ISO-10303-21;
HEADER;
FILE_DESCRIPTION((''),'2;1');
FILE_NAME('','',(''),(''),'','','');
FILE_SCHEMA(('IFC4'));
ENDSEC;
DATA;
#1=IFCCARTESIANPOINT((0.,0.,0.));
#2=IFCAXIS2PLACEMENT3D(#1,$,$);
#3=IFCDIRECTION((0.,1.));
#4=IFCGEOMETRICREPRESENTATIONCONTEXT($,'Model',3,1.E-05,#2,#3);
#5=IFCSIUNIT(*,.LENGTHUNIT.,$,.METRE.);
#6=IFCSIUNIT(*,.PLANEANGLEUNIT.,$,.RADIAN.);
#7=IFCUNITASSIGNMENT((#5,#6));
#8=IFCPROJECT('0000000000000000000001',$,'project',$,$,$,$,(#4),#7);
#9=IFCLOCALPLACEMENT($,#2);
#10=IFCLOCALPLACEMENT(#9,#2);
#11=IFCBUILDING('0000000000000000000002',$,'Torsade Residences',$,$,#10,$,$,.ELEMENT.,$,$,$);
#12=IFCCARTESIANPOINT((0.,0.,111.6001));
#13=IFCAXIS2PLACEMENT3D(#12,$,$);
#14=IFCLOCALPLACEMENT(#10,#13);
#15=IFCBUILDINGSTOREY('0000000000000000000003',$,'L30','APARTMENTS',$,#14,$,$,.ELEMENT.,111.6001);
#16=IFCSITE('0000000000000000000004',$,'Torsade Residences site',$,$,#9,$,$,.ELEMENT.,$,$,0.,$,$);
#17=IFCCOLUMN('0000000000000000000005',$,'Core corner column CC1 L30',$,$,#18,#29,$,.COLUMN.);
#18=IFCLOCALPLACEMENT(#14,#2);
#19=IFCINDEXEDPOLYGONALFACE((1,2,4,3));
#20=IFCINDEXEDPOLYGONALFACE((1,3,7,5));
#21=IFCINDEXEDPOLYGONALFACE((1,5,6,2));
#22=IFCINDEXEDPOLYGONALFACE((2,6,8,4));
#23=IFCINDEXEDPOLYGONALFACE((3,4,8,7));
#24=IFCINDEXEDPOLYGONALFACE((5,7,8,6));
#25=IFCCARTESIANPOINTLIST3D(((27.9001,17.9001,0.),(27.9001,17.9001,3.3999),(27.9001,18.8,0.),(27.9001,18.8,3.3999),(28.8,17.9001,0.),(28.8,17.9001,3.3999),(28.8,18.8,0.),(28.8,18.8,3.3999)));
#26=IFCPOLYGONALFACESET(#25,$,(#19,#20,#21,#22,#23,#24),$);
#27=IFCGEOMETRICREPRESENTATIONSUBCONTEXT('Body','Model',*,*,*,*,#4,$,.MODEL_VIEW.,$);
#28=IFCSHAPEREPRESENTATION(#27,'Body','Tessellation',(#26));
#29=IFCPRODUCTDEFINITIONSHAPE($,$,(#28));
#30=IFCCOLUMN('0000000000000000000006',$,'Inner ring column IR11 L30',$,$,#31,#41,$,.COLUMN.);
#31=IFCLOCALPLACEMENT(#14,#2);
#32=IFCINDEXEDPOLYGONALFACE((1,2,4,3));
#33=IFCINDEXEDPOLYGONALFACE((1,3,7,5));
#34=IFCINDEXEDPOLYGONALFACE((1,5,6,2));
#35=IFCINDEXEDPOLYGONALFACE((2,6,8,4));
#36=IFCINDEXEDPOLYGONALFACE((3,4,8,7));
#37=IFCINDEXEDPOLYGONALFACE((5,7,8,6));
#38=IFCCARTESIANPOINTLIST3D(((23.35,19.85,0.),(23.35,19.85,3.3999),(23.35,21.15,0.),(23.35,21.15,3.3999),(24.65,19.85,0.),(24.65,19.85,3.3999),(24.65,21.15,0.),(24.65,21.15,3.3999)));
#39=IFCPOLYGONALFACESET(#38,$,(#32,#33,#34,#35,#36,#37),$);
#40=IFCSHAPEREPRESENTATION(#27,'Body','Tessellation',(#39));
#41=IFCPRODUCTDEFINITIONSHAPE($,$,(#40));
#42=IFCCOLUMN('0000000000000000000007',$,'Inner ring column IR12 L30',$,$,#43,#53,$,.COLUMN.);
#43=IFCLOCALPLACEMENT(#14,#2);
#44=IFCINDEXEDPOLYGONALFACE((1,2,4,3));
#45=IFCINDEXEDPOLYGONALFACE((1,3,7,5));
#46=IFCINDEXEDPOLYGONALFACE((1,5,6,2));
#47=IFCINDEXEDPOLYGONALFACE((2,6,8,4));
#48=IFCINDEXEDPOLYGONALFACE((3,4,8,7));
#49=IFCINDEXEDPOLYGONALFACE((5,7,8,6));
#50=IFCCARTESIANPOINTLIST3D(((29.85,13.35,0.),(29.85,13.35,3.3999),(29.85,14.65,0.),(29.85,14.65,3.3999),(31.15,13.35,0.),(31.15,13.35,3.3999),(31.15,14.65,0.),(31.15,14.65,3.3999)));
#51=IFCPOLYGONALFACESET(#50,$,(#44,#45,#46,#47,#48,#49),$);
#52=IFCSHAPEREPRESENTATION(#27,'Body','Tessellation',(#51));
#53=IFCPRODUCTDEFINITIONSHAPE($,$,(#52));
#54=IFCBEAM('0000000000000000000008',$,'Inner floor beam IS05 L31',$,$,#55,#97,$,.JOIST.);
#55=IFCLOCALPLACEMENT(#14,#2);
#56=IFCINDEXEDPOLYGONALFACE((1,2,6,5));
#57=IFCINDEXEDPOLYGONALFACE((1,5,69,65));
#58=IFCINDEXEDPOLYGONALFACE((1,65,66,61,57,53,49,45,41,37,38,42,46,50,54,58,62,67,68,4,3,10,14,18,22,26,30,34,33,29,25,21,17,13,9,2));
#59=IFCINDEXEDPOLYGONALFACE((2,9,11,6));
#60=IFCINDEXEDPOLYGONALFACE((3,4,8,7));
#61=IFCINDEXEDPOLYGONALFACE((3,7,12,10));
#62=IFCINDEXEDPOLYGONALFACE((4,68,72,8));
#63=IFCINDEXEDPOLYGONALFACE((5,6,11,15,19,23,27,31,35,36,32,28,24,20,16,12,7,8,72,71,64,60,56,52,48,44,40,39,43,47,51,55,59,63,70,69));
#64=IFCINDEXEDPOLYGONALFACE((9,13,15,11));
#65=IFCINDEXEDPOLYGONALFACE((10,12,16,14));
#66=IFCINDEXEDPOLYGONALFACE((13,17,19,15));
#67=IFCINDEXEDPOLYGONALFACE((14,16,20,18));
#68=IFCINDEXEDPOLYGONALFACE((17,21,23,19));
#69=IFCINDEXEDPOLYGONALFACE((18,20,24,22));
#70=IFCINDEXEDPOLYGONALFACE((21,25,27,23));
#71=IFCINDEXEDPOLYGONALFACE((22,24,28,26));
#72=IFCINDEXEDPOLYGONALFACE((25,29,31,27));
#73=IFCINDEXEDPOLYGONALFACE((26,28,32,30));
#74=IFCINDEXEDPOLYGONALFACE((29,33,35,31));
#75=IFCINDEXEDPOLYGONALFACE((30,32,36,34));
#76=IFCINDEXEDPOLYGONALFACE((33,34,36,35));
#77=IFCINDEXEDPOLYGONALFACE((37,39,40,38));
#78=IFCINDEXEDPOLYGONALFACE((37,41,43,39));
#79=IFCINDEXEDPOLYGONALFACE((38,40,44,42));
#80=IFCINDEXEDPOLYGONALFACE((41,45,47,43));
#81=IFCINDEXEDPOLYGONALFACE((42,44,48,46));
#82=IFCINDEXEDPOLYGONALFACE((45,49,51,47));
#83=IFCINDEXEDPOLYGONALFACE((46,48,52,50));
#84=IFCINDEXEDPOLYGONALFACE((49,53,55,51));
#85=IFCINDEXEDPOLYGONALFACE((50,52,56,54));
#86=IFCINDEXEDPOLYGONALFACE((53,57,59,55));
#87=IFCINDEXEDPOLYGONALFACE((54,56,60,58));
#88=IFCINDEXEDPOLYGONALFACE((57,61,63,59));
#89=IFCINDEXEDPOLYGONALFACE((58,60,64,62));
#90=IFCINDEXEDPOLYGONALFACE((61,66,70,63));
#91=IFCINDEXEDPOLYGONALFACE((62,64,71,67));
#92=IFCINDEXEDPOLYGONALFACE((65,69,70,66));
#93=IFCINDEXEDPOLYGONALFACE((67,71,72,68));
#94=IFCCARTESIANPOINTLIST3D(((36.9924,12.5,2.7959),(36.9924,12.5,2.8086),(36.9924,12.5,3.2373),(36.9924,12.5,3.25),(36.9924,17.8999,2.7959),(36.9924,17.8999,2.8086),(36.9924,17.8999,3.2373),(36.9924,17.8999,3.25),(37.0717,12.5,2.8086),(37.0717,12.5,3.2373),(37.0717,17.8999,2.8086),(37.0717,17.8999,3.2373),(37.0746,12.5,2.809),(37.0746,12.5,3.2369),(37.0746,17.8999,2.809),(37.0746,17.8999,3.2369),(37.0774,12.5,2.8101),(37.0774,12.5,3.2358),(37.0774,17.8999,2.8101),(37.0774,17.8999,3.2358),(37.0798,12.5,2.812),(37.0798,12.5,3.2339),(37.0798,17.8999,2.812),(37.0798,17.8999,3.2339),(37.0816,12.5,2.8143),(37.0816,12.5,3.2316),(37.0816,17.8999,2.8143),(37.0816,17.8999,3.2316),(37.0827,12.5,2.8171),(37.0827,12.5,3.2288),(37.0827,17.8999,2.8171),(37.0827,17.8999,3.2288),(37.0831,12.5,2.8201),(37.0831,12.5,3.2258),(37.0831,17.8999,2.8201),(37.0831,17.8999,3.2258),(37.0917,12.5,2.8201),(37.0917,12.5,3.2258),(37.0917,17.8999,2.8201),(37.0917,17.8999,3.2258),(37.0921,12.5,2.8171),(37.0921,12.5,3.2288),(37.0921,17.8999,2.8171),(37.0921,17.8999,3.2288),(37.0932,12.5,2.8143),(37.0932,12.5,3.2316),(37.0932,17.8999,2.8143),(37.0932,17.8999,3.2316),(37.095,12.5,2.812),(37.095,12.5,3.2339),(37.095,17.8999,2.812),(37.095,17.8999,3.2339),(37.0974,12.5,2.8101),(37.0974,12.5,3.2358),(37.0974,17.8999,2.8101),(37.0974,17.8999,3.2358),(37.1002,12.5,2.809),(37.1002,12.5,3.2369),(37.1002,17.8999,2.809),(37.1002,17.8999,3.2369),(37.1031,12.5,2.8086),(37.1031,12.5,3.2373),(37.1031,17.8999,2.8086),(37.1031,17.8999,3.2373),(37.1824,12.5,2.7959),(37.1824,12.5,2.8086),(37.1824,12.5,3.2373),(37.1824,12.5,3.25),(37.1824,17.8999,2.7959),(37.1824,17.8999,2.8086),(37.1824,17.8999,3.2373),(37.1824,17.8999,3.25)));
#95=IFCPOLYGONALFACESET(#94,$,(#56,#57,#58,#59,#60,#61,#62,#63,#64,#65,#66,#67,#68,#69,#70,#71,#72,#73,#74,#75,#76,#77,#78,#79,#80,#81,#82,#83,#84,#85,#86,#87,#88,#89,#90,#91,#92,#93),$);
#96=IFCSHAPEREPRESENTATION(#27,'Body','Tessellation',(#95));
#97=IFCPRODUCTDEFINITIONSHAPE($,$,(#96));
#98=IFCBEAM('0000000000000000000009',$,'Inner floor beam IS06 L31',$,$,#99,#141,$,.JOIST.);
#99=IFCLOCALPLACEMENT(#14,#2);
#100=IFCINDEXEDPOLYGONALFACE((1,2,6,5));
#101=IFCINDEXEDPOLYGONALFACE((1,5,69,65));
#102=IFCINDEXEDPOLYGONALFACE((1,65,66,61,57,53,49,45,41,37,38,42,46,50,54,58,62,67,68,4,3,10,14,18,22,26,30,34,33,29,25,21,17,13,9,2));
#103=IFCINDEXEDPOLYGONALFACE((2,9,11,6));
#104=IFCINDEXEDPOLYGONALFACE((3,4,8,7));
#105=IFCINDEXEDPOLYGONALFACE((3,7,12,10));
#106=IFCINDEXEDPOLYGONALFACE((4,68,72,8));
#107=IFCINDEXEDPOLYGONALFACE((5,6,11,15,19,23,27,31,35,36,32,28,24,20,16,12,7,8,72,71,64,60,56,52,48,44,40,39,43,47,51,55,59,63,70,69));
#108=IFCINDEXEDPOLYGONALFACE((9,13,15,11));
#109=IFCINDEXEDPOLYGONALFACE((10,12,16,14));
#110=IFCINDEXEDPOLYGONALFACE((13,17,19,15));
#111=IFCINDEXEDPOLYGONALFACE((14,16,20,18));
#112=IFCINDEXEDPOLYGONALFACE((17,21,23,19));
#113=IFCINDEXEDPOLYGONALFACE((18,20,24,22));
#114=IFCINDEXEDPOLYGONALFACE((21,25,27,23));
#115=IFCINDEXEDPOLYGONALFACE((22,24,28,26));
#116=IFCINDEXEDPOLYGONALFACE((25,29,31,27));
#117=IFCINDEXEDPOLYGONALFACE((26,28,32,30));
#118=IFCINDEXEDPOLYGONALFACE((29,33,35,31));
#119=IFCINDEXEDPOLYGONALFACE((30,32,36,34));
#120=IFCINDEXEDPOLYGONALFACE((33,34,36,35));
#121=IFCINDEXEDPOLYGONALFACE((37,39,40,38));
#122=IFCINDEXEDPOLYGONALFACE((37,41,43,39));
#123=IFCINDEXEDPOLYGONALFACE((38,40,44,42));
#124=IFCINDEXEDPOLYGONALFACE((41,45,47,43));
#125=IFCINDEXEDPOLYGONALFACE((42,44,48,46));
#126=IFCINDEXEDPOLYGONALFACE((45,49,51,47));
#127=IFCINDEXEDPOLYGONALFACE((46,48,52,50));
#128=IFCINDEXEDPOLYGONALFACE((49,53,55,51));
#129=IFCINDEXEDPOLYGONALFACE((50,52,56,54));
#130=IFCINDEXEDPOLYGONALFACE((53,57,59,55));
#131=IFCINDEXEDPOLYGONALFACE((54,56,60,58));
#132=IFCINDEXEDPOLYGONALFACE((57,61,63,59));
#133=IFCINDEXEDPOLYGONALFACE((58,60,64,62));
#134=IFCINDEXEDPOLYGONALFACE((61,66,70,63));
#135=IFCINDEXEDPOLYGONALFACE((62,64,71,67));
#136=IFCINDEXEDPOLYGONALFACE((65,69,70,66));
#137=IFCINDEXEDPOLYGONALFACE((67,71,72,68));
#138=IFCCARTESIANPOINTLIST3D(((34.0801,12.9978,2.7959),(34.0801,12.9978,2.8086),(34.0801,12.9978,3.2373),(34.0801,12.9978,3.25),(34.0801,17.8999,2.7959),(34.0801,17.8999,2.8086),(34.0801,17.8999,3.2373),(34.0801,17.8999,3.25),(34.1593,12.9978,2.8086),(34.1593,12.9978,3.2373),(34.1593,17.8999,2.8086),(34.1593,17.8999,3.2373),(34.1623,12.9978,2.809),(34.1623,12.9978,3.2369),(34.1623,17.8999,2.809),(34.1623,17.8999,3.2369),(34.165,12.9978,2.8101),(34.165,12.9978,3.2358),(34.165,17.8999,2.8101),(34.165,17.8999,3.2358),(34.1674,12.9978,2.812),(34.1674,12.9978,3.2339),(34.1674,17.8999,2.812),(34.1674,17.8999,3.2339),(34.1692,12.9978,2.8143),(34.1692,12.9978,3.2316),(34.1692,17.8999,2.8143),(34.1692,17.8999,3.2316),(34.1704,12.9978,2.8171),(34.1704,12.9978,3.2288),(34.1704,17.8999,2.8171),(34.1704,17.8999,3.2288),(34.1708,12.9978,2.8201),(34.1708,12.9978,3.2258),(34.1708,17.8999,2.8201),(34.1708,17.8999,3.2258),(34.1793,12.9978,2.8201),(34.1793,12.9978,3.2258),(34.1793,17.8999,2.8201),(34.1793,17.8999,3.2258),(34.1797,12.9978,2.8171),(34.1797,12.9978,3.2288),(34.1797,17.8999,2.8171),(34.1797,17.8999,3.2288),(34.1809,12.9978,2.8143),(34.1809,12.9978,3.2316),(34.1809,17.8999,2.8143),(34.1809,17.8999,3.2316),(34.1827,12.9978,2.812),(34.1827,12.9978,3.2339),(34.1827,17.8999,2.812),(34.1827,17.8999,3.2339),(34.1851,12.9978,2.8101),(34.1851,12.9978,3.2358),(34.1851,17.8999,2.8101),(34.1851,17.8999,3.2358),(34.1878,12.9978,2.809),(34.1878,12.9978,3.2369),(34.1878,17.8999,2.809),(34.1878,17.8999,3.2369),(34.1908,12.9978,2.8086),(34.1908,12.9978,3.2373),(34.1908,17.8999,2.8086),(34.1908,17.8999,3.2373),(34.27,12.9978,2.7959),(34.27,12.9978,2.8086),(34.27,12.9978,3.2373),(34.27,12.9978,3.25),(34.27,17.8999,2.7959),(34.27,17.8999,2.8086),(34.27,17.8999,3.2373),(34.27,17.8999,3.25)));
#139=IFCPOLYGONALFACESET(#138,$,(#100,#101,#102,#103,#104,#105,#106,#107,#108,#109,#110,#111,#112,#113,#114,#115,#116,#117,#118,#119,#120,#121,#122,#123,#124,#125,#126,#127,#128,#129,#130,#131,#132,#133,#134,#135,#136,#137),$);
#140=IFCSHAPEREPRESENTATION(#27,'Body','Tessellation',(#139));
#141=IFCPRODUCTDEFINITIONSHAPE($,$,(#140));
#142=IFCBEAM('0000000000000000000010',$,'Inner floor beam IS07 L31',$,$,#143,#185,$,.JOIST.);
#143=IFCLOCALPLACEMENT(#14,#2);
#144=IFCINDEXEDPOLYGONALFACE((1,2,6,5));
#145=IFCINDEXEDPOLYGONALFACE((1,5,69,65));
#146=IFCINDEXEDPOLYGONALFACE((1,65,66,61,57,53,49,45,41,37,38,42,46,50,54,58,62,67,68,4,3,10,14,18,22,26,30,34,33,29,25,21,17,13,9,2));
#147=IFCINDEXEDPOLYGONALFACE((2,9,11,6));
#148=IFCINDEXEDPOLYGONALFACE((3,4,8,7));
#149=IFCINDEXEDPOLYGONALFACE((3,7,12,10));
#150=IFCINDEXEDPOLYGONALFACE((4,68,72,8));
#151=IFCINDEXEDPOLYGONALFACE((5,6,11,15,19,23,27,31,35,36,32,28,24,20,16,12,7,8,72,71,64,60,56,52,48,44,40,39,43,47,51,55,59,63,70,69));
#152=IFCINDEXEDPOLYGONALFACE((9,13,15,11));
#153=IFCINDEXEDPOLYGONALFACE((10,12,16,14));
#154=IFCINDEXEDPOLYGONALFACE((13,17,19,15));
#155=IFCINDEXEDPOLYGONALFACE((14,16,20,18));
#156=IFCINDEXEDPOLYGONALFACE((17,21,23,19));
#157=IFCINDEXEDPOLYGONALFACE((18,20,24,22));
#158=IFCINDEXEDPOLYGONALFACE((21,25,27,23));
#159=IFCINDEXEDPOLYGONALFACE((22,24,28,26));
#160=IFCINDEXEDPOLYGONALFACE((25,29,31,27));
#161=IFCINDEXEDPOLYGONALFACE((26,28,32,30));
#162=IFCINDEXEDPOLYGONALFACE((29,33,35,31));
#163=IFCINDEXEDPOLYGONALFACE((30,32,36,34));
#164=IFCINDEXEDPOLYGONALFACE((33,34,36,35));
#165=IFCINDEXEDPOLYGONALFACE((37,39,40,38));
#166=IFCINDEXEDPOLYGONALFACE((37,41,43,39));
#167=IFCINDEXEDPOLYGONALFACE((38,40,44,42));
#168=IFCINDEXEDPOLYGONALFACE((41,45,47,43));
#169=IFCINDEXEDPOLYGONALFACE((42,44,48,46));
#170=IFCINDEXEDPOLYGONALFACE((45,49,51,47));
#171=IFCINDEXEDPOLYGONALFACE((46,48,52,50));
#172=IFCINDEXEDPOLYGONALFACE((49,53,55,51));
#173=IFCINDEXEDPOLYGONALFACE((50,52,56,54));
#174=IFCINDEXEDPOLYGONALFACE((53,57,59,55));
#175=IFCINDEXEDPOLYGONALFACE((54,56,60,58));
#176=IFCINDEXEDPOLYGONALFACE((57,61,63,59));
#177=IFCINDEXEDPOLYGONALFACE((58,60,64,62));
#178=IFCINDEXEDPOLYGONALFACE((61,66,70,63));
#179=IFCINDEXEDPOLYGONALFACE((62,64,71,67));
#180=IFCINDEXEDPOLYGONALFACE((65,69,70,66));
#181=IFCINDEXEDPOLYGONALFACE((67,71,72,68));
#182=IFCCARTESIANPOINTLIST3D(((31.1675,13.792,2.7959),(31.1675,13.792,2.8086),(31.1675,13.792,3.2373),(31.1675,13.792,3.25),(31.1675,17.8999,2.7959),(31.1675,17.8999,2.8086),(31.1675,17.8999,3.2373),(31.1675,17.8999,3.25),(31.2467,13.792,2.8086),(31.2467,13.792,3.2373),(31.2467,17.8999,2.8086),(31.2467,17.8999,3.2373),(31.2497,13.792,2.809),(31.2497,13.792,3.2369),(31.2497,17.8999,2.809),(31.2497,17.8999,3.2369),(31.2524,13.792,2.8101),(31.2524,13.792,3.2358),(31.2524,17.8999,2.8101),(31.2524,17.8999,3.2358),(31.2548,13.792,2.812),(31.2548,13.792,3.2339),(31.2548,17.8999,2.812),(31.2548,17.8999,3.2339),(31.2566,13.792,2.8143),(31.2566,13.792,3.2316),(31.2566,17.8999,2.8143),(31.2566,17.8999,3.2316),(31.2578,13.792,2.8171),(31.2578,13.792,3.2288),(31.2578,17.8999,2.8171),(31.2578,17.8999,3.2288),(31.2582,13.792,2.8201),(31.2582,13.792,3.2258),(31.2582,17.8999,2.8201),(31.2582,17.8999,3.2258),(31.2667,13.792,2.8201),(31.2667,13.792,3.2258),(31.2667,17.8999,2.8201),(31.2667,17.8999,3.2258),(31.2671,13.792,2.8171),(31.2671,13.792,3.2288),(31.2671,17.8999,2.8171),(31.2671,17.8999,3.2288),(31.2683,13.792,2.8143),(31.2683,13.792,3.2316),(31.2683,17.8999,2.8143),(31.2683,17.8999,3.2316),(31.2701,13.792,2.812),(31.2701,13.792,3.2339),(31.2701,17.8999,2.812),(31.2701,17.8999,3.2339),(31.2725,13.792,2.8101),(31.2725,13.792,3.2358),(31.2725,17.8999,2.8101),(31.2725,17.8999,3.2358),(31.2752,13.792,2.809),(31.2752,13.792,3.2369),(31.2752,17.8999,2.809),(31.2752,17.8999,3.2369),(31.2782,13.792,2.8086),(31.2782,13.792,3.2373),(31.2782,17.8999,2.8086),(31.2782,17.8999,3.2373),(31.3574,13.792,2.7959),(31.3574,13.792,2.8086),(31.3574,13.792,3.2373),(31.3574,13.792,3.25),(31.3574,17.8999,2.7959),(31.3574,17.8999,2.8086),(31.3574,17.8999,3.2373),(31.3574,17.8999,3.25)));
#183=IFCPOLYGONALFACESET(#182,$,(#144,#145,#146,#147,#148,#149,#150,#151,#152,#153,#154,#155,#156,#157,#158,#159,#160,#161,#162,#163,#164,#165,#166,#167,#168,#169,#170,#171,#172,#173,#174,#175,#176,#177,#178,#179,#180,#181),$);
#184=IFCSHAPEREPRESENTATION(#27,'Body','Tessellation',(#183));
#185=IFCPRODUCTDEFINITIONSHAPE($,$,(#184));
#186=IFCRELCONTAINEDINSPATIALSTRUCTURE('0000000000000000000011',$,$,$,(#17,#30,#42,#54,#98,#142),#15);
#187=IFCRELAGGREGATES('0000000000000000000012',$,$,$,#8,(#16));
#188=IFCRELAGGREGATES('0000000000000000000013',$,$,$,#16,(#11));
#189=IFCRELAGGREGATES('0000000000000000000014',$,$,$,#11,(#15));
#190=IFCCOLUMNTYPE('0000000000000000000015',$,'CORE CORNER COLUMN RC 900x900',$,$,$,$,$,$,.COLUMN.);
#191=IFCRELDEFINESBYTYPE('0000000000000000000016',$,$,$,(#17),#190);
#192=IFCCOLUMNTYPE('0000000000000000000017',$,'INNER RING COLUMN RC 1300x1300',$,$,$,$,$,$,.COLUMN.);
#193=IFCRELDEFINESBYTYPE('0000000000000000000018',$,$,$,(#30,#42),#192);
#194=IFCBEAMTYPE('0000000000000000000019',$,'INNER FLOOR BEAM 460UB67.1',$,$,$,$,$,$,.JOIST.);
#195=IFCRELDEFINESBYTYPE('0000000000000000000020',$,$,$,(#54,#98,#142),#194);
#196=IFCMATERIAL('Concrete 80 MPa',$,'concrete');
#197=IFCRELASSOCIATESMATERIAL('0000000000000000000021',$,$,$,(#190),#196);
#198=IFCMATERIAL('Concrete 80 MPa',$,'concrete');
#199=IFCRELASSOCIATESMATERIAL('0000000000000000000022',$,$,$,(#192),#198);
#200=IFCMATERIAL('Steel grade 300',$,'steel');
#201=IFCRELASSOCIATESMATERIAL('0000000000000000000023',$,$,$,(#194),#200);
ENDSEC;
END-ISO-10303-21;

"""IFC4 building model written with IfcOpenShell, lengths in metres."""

from ifc_helpers import new_model, si_unit, direction, frame, origin, origin_2d, place, context, subcontext, project, spatial, rectangle, i_section, extrude, material, material_profile, profile_set, type_object, element, save


model = new_model("IFC4")

# Units and contexts
model_context = context("Model", 3, precision=1e-05, world=origin(), true_north=direction((0.0, 1.0)))
body_context = subcontext(model_context, "Body", "Model", "MODEL_VIEW")
ifc_project = project(units=[si_unit("LENGTHUNIT", "METRE"), si_unit("PLANEANGLEUNIT", "RADIAN")], contexts=[model_context])

# Site, building, storey
site_placement = place(None, origin())
site = spatial("IfcSite", under=ifc_project, at=site_placement, Name="Torsade Residences site", CompositionType="ELEMENT", RefElevation=0.0)
building_placement = place(site_placement, origin())
building = spatial("IfcBuilding", under=site, at=building_placement, Name="Torsade Residences", CompositionType="ELEMENT")
storey_placement = place(building_placement, frame((0.0, 0.0, 111.6001)))
storey = spatial("IfcBuildingStorey", under=building, at=storey_placement, Name="L30", Description="APARTMENTS", CompositionType="ELEMENT", Elevation=111.6001)

# Columns
ifc_material_1 = material(Name="Concrete 80 MPa", Category="concrete")
ifc_material_profile_1 = material_profile(ifc_material_1, rectangle(XDim=0.8999, YDim=0.8999, at=origin_2d()), Name="RC 900x900")
ifc_profile_set_1 = profile_set([ifc_material_profile_1], Name="Concrete 80 MPa")
column_type_1 = type_object("IfcColumnType", Name="CORE CORNER COLUMN RC 900x900", PredefinedType="COLUMN", material=ifc_profile_set_1)
column_placement = place(storey_placement, frame((28.3501, 18.3501, 0.0), z_axis=(0.0, 0.0, 1.0), x_axis=(1.0, 0.0, 0.0)))
element("IfcColumn", 1, at=column_placement, inside=storey, type_object=column_type_1, Name="Core corner column CC1 L30", PredefinedType="COLUMN", context=body_context, shape_type="SweptSolid", body=[
    extrude(rectangle(XDim=0.8999, YDim=0.8999, at=origin_2d()), origin(), (0.0, 0.0, 1.0), 3.3999),
])
ifc_material_2 = material(Name="Concrete 80 MPa", Category="concrete")
ifc_material_profile_2 = material_profile(ifc_material_2, rectangle(XDim=1.3, YDim=1.3, at=origin_2d()), Name="RC 1300x1300")
ifc_profile_set_2 = profile_set([ifc_material_profile_2], Name="Concrete 80 MPa")
column_type_2 = type_object("IfcColumnType", Name="INNER RING COLUMN RC 1300x1300", PredefinedType="COLUMN", material=ifc_profile_set_2)
for number, where, z_axis, x_axis, name in (
    (2, (24.0, 20.5, 0.0), (0.0, 0.0, 1.0), (1.0, 0.0, 0.0), "Inner ring column IR11 L30"),
    (3, (30.5, 14.0, 0.0), (0.0, 0.0, 1.0), (1.0, 0.0, 0.0), "Inner ring column IR12 L30"),
):
    element("IfcColumn", number, at=place(storey_placement, frame(where, z_axis=z_axis, x_axis=x_axis)), inside=storey, type_object=column_type_2, Name=name, PredefinedType="COLUMN", context=body_context, shape_type="SweptSolid", body=[
        extrude(rectangle(XDim=1.3, YDim=1.3, at=origin_2d()), origin(), (0.0, 0.0, 1.0), 3.3999),
    ])

# Beams
ifc_material_3 = material(Name="Steel grade 300", Category="steel")
ifc_material_profile_3 = material_profile(ifc_material_3, i_section(OverallWidth=0.1899, OverallDepth=0.4541, WebThickness=0.0085, FlangeThickness=0.0127, FilletRadius=0.0115, at=origin_2d()), Name="460UB67.1")
ifc_profile_set_3 = profile_set([ifc_material_profile_3], Name="Steel grade 300")
beam_type_1 = type_object("IfcBeamType", Name="INNER FLOOR BEAM 460UB67.1", PredefinedType="JOIST", material=ifc_profile_set_3)
beam_1_placement = place(storey_placement, frame((37.0874, 17.8999, 3.0229), z_axis=(0.0, -1.0, 0.0), x_axis=(1.0, 0.0, 0.0)))
element("IfcBeam", 4, at=beam_1_placement, inside=storey, type_object=beam_type_1, Name="Inner floor beam IS05 L31", PredefinedType="JOIST", context=body_context, shape_type="SweptSolid", body=[
    extrude(i_section(OverallWidth=0.1899, OverallDepth=0.4541, WebThickness=0.0085, FlangeThickness=0.0127, FilletRadius=0.0115, at=origin_2d()), origin(), (0.0, 0.0, 1.0), 5.3999),
])
beam_2_placement = place(storey_placement, frame((34.175, 17.8999, 3.0229), z_axis=(0.0, -1.0, 0.0), x_axis=(1.0, 0.0, 0.0)))
element("IfcBeam", 5, at=beam_2_placement, inside=storey, type_object=beam_type_1, Name="Inner floor beam IS06 L31", PredefinedType="JOIST", context=body_context, shape_type="SweptSolid", body=[
    extrude(i_section(OverallWidth=0.1899, OverallDepth=0.4541, WebThickness=0.0085, FlangeThickness=0.0127, FilletRadius=0.0115, at=origin_2d()), origin(), (0.0, 0.0, 1.0), 4.9021),
])
beam_3_placement = place(storey_placement, frame((31.2625, 17.8999, 3.0229), z_axis=(0.0, -1.0, 0.0), x_axis=(1.0, 0.0, 0.0)))
element("IfcBeam", 6, at=beam_3_placement, inside=storey, type_object=beam_type_1, Name="Inner floor beam IS07 L31", PredefinedType="JOIST", context=body_context, shape_type="SweptSolid", body=[
    extrude(i_section(OverallWidth=0.1899, OverallDepth=0.4541, WebThickness=0.0085, FlangeThickness=0.0127, FilletRadius=0.0115, at=origin_2d()), origin(), (0.0, 0.0, 1.0), 4.1079),
])

save(model, "model.ifc")
